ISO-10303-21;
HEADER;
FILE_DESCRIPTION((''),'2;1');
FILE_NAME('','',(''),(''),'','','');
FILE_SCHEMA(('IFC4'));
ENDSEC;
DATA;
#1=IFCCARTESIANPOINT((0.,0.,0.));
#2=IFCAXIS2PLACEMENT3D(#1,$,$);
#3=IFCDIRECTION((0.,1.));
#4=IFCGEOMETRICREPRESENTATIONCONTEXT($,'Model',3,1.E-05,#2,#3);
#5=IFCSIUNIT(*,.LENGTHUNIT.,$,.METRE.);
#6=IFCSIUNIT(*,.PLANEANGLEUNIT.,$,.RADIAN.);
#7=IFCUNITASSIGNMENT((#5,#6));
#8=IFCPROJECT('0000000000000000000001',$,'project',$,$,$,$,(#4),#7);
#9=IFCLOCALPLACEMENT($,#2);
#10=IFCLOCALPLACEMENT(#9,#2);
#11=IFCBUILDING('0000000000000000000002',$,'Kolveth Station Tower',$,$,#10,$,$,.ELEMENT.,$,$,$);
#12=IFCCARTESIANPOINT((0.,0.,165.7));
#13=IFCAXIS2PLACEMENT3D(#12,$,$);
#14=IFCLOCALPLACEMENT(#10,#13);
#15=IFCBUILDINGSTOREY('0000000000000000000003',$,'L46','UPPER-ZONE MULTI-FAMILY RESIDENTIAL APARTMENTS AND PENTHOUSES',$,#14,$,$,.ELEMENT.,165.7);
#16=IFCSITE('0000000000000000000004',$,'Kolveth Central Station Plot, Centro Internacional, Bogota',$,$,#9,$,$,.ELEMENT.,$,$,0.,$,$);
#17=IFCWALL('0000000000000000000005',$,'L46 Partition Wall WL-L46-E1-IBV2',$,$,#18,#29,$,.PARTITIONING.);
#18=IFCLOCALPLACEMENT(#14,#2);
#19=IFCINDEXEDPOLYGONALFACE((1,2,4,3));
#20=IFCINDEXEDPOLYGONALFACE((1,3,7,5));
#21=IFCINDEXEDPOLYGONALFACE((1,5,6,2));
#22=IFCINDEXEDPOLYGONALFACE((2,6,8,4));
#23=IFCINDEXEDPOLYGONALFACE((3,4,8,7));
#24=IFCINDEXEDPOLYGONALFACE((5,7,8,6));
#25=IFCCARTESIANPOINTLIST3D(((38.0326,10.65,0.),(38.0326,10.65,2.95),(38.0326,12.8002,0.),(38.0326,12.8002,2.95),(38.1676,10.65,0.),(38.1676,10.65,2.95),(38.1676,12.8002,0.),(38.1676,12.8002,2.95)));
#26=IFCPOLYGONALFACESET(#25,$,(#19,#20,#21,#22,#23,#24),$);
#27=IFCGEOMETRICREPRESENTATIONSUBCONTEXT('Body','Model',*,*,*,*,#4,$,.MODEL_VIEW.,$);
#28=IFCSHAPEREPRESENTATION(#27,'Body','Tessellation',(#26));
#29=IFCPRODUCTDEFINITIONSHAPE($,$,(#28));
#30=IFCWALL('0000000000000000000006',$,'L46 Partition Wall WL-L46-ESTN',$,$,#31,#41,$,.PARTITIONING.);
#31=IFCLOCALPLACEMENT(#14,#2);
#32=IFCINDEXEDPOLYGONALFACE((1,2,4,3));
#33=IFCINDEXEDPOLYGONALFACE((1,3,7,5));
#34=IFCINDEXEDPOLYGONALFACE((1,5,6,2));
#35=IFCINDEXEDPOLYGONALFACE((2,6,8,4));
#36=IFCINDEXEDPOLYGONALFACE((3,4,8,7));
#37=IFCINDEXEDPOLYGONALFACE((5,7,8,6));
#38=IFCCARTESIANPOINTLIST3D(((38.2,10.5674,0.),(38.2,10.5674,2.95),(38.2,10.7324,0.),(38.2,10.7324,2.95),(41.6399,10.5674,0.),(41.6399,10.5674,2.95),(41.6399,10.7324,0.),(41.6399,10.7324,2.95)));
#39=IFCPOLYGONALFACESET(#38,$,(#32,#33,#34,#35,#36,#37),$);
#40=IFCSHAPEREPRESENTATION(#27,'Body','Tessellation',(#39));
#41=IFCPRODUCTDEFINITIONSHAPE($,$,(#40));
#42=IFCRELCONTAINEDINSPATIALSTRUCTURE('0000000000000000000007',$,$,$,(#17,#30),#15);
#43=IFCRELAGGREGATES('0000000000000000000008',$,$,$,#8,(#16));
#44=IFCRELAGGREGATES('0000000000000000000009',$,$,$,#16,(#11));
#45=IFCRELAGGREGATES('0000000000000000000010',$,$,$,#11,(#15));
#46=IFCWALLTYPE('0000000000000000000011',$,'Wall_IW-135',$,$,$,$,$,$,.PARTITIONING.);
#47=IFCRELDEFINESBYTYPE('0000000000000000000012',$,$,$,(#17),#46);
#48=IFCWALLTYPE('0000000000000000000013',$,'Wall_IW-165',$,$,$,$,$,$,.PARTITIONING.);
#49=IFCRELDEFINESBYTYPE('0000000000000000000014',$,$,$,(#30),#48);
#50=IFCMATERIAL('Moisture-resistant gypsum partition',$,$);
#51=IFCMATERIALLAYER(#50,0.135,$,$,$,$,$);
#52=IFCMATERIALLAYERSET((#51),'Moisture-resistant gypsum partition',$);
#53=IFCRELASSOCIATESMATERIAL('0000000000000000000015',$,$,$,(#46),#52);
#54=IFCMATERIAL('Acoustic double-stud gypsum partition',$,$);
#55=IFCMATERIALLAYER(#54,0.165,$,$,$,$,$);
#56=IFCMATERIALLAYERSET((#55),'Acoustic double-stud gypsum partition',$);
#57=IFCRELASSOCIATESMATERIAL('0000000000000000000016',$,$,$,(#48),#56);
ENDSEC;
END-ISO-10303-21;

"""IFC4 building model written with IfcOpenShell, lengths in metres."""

from ifc_helpers import new_model, si_unit, direction, frame, frame_2d, origin, place, context, subcontext, project, spatial, rectangle, extrude, material, layer, layer_set, type_object, element, save


model = new_model("IFC4")

# Units and contexts
model_context = context("Model", 3, precision=1e-05, world=origin(), true_north=direction((0.0, 1.0)))
body_context = subcontext(model_context, "Body", "Model", "MODEL_VIEW")
ifc_project = project(units=[si_unit("LENGTHUNIT", "METRE"), si_unit("PLANEANGLEUNIT", "RADIAN")], contexts=[model_context])

# Site, building, storey
site_placement = place(None, origin())
site = spatial("IfcSite", under=ifc_project, at=site_placement, Name="Kolveth Central Station Plot, Centro Internacional, Bogota", CompositionType="ELEMENT", RefElevation=0.0)
building_placement = place(site_placement, origin())
building = spatial("IfcBuilding", under=site, at=building_placement, Name="Kolveth Station Tower", CompositionType="ELEMENT")
storey_placement = place(building_placement, frame((0.0, 0.0, 165.7)))
storey = spatial("IfcBuildingStorey", under=building, at=storey_placement, Name="L46", Description="UPPER-ZONE MULTI-FAMILY RESIDENTIAL APARTMENTS AND PENTHOUSES", CompositionType="ELEMENT", Elevation=165.7)

# Shared definitions
ifc_material_1 = material(Name="Moisture-resistant gypsum partition")
ifc_layer_1 = layer(ifc_material_1, 0.135)
ifc_layer_set_1 = layer_set([ifc_layer_1], Name="Moisture-resistant gypsum partition")
wall_type_1 = type_object("IfcWallType", Name="Wall_IW-135", PredefinedType="PARTITIONING", material=ifc_layer_set_1)

# Wall
for number, where, z_axis, x_axis, name in (
    (1, (38.1001, 10.6499, 0.0), (0.0, 0.0, 1.0), (0.0, 1.0, 0.0), "L46 Partition Wall WL-L46-E1-IBV2"),
):
    element("IfcWall", number, at=place(storey_placement, frame(where, z_axis=z_axis, x_axis=x_axis)), inside=storey, type_object=wall_type_1, Name=name, PredefinedType="PARTITIONING", context=body_context, shape_type="SweptSolid", body=[
        extrude(rectangle(XDim=2.1501, YDim=0.135, at=frame_2d((1.0752, 0.0))), origin(), (0.0, 0.0, 1.0), 2.95),
    ])

# Shared definitions
ifc_material_2 = material(Name="Acoustic double-stud gypsum partition")
ifc_layer_2 = layer(ifc_material_2, 0.165)
ifc_layer_set_2 = layer_set([ifc_layer_2], Name="Acoustic double-stud gypsum partition")
wall_type_2 = type_object("IfcWallType", Name="Wall_IW-165", PredefinedType="PARTITIONING", material=ifc_layer_set_2)

# Wall
wall_1_placement = place(storey_placement, frame((38.2, 10.6499, 0.0), z_axis=(0.0, 0.0, 1.0), x_axis=(1.0, 0.0, 0.0)))
element("IfcWall", 2, at=wall_1_placement, inside=storey, type_object=wall_type_2, Name="L46 Partition Wall WL-L46-ESTN", PredefinedType="PARTITIONING", context=body_context, shape_type="SweptSolid", body=[
    extrude(rectangle(XDim=3.4399, YDim=0.165, at=frame_2d((1.72, 0.0))), origin(), (0.0, 0.0, 1.0), 2.95),
])

save(model, "model.ifc")
